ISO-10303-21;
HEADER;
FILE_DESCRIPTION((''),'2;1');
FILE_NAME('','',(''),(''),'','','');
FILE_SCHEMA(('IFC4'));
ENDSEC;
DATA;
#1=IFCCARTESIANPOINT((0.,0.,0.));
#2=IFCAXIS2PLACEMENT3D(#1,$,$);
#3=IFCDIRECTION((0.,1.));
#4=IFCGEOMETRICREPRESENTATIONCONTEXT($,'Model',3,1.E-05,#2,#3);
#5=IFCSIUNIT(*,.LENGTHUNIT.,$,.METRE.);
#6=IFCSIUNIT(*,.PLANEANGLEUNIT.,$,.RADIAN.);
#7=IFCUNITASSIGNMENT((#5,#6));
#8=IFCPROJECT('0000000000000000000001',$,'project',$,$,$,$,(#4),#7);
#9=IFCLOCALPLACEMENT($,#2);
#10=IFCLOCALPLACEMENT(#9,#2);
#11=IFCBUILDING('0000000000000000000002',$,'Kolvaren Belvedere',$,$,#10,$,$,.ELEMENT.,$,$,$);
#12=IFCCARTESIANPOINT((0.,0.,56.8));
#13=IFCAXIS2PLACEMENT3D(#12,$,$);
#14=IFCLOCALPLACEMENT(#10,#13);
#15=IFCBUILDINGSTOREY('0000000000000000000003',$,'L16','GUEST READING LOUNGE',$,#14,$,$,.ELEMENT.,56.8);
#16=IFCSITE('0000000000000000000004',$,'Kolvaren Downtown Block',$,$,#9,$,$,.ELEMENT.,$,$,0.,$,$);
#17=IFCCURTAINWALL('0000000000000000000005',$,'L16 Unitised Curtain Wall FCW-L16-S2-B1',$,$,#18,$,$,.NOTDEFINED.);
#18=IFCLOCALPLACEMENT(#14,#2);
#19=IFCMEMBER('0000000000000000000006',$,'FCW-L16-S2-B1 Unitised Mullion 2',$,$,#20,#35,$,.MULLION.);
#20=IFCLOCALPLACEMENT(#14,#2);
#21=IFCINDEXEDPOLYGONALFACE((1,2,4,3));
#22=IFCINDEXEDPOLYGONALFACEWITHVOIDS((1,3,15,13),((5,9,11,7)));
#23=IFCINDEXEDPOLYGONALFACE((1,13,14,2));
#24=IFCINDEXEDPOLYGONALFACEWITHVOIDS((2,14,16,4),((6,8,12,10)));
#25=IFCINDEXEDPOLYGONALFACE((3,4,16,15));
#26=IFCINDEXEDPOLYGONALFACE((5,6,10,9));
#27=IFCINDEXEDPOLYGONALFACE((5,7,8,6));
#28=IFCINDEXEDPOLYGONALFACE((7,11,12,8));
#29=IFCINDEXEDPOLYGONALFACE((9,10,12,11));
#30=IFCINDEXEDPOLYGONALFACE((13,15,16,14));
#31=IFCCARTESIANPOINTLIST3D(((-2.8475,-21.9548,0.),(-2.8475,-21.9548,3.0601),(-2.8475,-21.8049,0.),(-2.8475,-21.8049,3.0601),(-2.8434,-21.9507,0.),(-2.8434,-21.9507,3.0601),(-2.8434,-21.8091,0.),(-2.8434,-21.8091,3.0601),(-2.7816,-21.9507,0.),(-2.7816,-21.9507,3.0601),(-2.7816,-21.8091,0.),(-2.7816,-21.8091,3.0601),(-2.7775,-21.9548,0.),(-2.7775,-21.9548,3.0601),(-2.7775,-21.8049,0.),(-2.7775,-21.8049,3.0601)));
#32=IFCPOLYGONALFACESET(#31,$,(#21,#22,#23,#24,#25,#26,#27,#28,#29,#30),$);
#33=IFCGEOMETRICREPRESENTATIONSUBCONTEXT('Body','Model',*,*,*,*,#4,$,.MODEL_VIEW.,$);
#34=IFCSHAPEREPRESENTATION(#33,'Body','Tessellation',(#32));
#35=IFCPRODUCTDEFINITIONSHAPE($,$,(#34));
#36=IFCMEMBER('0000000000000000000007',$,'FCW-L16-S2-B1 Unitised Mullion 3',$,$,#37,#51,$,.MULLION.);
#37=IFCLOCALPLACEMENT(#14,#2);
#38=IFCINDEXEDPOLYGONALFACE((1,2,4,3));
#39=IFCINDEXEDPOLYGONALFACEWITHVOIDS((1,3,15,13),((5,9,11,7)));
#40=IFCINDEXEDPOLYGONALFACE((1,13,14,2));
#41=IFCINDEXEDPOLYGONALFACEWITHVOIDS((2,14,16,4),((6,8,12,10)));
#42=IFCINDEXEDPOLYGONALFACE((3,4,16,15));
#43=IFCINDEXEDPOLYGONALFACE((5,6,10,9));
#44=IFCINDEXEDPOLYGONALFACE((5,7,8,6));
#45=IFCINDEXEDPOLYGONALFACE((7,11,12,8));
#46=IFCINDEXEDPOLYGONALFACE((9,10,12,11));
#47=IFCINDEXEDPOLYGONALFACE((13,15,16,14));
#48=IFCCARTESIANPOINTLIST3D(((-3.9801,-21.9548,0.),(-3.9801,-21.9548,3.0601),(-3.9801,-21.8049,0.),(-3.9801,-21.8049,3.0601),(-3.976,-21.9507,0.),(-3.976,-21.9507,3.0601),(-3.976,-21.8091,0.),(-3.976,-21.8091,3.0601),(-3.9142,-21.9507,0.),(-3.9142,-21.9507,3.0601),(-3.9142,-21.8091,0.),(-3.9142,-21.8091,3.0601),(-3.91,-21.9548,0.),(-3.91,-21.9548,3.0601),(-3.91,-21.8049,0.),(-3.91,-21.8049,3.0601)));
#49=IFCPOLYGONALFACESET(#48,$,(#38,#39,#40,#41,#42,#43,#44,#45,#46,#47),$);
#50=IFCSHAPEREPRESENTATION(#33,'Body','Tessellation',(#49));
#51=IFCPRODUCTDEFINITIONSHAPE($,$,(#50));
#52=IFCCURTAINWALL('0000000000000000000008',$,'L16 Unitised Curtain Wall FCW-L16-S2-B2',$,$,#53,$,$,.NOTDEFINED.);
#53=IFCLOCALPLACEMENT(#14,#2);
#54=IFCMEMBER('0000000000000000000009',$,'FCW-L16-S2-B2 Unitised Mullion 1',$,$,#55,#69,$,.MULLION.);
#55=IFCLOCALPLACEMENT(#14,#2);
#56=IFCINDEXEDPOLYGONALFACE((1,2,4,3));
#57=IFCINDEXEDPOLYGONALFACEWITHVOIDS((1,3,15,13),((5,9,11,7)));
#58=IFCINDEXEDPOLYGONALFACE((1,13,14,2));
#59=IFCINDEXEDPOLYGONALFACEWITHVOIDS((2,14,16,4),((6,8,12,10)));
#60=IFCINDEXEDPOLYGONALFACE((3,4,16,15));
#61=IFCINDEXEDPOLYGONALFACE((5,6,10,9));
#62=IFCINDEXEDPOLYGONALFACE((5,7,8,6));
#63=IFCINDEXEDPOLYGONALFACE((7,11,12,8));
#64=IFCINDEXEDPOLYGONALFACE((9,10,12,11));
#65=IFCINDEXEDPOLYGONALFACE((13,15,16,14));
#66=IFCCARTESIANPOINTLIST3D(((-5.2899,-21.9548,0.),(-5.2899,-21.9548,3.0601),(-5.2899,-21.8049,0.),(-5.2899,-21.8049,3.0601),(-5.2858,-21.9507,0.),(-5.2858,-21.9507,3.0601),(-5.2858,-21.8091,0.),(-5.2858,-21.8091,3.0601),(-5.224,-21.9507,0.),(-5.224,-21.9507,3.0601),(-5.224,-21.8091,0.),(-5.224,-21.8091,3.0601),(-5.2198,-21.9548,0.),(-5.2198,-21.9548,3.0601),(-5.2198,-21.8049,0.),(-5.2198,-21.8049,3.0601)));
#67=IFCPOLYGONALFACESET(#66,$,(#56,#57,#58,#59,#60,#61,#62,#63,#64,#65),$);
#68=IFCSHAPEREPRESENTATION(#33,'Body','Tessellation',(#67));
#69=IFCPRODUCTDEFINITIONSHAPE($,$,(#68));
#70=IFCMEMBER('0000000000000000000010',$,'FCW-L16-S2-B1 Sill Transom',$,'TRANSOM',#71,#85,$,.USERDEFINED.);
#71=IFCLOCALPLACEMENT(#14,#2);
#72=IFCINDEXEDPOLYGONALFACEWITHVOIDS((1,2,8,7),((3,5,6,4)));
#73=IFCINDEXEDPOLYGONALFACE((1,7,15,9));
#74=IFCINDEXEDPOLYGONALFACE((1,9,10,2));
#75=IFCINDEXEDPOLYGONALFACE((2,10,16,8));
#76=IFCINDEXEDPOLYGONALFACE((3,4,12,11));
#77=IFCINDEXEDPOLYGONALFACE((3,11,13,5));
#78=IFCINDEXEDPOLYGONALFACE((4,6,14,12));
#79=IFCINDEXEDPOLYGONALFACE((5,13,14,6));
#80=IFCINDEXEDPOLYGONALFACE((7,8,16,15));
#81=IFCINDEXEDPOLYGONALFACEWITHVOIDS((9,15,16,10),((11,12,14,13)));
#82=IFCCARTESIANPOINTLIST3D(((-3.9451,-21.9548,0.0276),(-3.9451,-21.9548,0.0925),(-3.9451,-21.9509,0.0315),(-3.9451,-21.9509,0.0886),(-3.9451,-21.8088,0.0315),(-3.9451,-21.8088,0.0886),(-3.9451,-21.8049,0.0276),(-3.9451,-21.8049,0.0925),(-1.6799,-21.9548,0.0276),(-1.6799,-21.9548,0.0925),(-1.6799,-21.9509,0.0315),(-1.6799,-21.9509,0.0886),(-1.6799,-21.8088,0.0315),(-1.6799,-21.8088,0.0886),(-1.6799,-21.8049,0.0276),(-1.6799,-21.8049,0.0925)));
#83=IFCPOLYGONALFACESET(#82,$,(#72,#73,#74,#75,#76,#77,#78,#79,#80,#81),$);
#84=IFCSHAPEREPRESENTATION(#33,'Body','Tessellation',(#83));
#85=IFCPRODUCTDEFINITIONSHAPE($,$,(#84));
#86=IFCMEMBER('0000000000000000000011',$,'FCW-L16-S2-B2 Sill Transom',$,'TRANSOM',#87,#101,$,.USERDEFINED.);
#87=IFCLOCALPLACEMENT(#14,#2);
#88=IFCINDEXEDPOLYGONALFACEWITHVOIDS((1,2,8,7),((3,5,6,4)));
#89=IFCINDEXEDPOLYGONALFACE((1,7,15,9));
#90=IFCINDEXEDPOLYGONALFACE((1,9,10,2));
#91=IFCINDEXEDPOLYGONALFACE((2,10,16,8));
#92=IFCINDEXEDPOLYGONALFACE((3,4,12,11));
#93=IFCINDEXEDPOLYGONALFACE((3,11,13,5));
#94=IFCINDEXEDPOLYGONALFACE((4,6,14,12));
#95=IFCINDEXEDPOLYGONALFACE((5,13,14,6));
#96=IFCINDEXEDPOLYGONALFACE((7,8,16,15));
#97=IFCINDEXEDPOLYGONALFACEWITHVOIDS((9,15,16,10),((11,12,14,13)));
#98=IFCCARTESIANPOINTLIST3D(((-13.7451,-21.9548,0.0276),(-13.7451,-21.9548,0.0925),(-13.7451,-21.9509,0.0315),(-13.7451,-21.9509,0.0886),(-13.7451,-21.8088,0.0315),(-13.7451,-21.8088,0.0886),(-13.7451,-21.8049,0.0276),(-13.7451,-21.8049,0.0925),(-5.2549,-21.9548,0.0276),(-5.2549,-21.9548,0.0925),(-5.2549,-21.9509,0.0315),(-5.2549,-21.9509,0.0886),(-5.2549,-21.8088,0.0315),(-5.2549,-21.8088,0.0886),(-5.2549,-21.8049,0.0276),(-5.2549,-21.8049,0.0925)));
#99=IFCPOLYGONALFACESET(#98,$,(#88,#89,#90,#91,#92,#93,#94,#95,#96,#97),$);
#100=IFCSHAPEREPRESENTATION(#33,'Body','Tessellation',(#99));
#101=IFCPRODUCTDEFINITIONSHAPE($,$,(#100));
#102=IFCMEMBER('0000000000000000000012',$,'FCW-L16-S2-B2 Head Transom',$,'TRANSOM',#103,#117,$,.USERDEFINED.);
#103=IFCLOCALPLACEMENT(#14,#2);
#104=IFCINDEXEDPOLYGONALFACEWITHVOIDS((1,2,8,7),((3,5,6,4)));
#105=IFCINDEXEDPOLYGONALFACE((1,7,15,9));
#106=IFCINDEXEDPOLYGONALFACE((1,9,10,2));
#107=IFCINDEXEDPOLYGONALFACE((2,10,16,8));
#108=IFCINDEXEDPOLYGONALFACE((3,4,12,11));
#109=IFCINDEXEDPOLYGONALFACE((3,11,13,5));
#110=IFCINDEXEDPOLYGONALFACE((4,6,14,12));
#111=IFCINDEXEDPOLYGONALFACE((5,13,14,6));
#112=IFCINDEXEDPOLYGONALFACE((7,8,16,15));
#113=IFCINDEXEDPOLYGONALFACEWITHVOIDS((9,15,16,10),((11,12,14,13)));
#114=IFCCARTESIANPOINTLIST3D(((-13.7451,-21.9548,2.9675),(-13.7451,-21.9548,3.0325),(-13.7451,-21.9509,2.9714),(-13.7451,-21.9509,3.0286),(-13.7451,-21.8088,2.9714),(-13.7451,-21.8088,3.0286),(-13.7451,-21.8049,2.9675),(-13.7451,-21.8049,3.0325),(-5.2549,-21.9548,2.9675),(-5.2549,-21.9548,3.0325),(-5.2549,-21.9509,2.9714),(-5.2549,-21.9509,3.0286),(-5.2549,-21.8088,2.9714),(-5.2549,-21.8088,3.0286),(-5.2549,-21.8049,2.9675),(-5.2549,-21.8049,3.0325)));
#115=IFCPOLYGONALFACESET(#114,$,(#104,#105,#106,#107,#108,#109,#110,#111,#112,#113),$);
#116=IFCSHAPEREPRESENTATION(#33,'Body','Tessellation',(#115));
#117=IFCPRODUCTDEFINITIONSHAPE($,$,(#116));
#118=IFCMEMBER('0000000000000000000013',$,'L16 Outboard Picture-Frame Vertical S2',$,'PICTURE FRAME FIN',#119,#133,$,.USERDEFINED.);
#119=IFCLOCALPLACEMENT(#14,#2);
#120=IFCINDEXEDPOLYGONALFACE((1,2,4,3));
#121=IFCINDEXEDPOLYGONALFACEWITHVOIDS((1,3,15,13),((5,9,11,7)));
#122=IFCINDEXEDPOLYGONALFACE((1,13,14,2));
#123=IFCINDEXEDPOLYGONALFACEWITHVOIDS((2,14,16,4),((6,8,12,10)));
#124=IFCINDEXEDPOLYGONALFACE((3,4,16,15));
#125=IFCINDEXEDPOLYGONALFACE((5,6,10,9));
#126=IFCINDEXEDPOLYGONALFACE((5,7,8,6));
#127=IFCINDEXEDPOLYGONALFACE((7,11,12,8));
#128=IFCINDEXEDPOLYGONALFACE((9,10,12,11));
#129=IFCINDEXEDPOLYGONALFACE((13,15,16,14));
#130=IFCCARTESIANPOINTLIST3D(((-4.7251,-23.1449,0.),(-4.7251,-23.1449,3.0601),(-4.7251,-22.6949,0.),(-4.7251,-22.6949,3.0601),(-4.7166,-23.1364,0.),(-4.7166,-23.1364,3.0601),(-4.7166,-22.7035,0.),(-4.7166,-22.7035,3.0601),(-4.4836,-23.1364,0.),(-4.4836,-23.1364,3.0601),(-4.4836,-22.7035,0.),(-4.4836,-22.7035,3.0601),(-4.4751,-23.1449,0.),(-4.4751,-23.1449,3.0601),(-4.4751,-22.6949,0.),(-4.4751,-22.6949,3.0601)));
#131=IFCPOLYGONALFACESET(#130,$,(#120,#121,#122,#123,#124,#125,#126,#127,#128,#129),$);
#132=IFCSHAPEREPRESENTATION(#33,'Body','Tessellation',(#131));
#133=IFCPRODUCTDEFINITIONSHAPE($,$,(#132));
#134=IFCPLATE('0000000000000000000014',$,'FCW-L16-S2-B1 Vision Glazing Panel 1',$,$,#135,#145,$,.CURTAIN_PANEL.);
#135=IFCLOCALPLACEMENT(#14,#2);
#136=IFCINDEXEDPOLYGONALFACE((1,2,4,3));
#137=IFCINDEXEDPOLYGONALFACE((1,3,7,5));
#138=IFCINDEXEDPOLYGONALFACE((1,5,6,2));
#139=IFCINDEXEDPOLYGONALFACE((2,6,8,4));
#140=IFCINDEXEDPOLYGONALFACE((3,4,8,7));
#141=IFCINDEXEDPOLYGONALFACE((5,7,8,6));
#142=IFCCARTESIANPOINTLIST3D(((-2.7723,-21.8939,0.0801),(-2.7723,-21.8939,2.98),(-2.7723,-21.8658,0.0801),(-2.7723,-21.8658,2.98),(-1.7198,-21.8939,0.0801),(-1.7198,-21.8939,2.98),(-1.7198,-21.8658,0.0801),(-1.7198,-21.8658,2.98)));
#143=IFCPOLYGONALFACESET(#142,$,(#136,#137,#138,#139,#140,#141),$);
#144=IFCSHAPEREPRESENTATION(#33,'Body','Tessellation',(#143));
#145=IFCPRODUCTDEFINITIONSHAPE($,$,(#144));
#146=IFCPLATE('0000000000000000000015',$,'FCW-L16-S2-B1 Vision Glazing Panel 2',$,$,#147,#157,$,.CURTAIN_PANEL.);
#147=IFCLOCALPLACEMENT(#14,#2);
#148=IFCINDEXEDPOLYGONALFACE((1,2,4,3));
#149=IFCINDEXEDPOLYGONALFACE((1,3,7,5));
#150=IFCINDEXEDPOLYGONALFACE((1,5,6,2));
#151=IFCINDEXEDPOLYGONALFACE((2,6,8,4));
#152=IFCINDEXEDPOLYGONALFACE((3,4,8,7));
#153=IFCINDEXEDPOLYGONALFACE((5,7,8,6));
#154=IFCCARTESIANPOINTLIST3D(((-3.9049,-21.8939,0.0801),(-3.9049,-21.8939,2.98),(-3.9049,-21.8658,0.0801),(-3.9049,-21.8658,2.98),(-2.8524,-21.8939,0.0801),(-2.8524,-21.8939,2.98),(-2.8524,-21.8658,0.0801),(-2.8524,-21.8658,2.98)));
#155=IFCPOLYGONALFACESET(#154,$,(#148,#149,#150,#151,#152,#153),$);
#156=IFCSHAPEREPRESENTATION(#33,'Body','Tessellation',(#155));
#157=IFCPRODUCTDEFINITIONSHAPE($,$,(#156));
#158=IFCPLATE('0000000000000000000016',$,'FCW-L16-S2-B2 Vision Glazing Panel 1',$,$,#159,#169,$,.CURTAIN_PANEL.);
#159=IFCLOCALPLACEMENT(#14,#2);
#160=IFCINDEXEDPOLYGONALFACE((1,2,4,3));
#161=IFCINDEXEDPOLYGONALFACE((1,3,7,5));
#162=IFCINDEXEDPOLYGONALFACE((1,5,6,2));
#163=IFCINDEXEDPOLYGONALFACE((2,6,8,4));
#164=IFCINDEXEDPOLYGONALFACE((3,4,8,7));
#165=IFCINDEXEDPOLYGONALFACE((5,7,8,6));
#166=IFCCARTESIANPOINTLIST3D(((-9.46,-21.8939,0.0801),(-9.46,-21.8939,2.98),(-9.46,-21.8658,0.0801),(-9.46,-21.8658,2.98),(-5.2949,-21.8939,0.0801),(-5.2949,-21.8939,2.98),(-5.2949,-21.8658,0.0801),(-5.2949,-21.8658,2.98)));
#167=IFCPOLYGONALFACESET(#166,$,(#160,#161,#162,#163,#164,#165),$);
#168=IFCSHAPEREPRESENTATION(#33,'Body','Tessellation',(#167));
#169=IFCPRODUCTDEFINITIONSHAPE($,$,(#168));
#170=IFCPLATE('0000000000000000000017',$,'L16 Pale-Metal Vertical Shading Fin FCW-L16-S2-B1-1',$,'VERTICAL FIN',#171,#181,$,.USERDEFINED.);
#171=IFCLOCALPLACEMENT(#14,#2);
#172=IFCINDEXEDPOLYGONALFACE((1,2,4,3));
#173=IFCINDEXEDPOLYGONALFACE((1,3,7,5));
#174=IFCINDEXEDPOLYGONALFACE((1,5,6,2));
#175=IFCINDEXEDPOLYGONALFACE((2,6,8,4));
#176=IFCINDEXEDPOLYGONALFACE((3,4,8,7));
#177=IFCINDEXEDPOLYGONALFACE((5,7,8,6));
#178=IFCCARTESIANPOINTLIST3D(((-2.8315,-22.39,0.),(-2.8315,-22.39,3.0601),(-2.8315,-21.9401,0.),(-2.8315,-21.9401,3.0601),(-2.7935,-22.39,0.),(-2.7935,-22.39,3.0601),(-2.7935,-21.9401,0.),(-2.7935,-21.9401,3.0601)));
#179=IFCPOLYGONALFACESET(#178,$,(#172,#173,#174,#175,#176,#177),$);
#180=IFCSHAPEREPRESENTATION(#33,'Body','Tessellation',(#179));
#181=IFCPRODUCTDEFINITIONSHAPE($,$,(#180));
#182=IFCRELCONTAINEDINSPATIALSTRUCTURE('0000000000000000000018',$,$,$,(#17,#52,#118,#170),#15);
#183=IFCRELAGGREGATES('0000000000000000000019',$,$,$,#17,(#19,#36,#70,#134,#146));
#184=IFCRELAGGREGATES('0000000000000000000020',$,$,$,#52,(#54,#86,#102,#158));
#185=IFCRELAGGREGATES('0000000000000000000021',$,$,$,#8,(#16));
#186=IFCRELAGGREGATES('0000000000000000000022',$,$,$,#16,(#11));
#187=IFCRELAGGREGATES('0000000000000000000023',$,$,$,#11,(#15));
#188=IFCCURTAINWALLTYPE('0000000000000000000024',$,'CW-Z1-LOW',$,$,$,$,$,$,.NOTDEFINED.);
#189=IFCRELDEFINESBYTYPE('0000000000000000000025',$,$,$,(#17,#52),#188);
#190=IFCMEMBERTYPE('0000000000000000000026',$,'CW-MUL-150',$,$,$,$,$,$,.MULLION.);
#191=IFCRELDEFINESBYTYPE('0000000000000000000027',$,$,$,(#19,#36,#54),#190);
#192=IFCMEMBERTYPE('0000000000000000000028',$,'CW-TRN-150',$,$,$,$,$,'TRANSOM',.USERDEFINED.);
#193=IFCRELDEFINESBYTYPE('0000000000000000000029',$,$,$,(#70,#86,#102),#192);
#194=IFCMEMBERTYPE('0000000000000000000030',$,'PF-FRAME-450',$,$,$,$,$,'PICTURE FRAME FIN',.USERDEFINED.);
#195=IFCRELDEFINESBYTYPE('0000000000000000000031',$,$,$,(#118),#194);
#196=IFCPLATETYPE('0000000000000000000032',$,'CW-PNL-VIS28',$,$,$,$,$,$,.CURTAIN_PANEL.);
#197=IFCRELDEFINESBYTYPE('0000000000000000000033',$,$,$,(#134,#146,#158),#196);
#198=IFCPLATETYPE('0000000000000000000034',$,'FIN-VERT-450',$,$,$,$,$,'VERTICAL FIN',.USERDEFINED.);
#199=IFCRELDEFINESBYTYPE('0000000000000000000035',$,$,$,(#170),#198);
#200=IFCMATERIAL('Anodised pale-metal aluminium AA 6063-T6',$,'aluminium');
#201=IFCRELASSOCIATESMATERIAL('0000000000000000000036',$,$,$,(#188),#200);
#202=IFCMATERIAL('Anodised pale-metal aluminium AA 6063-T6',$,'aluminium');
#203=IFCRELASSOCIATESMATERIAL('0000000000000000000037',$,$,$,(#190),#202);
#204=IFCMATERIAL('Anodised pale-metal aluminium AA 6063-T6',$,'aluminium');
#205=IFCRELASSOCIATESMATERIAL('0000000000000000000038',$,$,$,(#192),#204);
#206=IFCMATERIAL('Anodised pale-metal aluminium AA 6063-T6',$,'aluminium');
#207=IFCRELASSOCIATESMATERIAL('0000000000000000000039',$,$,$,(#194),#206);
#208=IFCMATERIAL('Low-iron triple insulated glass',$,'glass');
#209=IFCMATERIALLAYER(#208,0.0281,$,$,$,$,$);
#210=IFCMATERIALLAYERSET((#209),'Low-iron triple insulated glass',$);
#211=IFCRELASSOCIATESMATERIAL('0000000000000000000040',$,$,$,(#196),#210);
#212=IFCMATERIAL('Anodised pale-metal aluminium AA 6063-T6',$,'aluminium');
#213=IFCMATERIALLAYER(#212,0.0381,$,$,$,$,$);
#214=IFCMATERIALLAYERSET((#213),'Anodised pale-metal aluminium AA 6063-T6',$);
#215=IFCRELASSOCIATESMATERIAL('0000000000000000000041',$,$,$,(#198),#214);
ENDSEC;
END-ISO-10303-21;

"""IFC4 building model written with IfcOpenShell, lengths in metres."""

from ifc_helpers import new_model, si_unit, direction, frame, origin, origin_2d, place, context, subcontext, project, spatial, rectangle, hollow_rectangle, extrude, material, layer, layer_set, material_profile, profile_set, type_object, element, aggregate, save


model = new_model("IFC4")

# Units and contexts
model_context = context("Model", 3, precision=1e-05, world=origin(), true_north=direction((0.0, 1.0)))
body_context = subcontext(model_context, "Body", "Model", "MODEL_VIEW")
ifc_project = project(units=[si_unit("LENGTHUNIT", "METRE"), si_unit("PLANEANGLEUNIT", "RADIAN")], contexts=[model_context])

# Site, building, storey
site_placement = place(None, origin())
site = spatial("IfcSite", under=ifc_project, at=site_placement, Name="Kolvaren Downtown Block", CompositionType="ELEMENT", RefElevation=0.0)
building_placement = place(site_placement, origin())
building = spatial("IfcBuilding", under=site, at=building_placement, Name="Kolvaren Belvedere", CompositionType="ELEMENT")
storey_placement = place(building_placement, frame((0.0, 0.0, 56.8)))
storey = spatial("IfcBuildingStorey", under=building, at=storey_placement, Name="L16", Description="GUEST READING LOUNGE", CompositionType="ELEMENT", Elevation=56.8)

# Curtain wall, members
ifc_material_1 = material(Name="Anodised pale-metal aluminium AA 6063-T6", Category="aluminium")
curtain_wall_type = type_object("IfcCurtainWallType", Name="CW-Z1-LOW", PredefinedType="NOTDEFINED", material=ifc_material_1)
curtain_wall_1_placement = place(storey_placement, origin())
curtain_wall_1 = element("IfcCurtainWall", 1, at=curtain_wall_1_placement, inside=storey, type_object=curtain_wall_type, Name="L16 Unitised Curtain Wall FCW-L16-S2-B1", PredefinedType="NOTDEFINED")
ifc_material_2 = material(Name="Anodised pale-metal aluminium AA 6063-T6", Category="aluminium")
ifc_material_profile_1 = material_profile(ifc_material_2, hollow_rectangle(XDim=0.0701, YDim=0.1499, WallThickness=0.0042, at=origin_2d()), Name="ALU-MUL-150X70")
ifc_profile_set_1 = profile_set([ifc_material_profile_1], Name="Anodised pale-metal aluminium AA 6063-T6")
member_type_1 = type_object("IfcMemberType", Name="CW-MUL-150", PredefinedType="MULLION", material=ifc_profile_set_1)
member_1_placement = place(storey_placement, frame((-2.8125, -21.8799, 0.0), z_axis=(0.0, 0.0, 1.0), x_axis=(1.0, 0.0, 0.0)))
member_1 = element("IfcMember", 2, at=member_1_placement, type_object=member_type_1, Name="FCW-L16-S2-B1 Unitised Mullion 2", PredefinedType="MULLION", context=body_context, shape_type="SweptSolid", body=[
    extrude(hollow_rectangle(XDim=0.0701, YDim=0.1499, WallThickness=0.0042, at=origin_2d()), origin(), (0.0, 0.0, 1.0), 3.0601),
])
member_2_placement = place(storey_placement, frame((-3.9451, -21.8799, 0.0), z_axis=(0.0, 0.0, 1.0), x_axis=(1.0, 0.0, 0.0)))
member_2 = element("IfcMember", 3, at=member_2_placement, type_object=member_type_1, Name="FCW-L16-S2-B1 Unitised Mullion 3", PredefinedType="MULLION", context=body_context, shape_type="SweptSolid", body=[
    extrude(hollow_rectangle(XDim=0.0701, YDim=0.1499, WallThickness=0.0042, at=origin_2d()), origin(), (0.0, 0.0, 1.0), 3.0601),
])

# Curtain wall, member
curtain_wall_2_placement = place(storey_placement, origin())
curtain_wall_2 = element("IfcCurtainWall", 4, at=curtain_wall_2_placement, inside=storey, type_object=curtain_wall_type, Name="L16 Unitised Curtain Wall FCW-L16-S2-B2", PredefinedType="NOTDEFINED")
member_3_placement = place(storey_placement, frame((-5.2549, -21.8799, 0.0), z_axis=(0.0, 0.0, 1.0), x_axis=(1.0, 0.0, 0.0)))
member_3 = element("IfcMember", 5, at=member_3_placement, type_object=member_type_1, Name="FCW-L16-S2-B2 Unitised Mullion 1", PredefinedType="MULLION", context=body_context, shape_type="SweptSolid", body=[
    extrude(hollow_rectangle(XDim=0.0701, YDim=0.1499, WallThickness=0.0042, at=origin_2d()), origin(), (0.0, 0.0, 1.0), 3.0601),
])

# Members
ifc_material_3 = material(Name="Anodised pale-metal aluminium AA 6063-T6", Category="aluminium")
ifc_material_profile_2 = material_profile(ifc_material_3, hollow_rectangle(XDim=0.0649, YDim=0.1499, WallThickness=0.0039, at=origin_2d()), Name="ALU-TRN-150X65")
ifc_profile_set_2 = profile_set([ifc_material_profile_2], Name="Anodised pale-metal aluminium AA 6063-T6")
member_type_2 = type_object("IfcMemberType", Name="CW-TRN-150", ElementType="TRANSOM", PredefinedType="USERDEFINED", material=ifc_profile_set_2)
member_4_placement = place(storey_placement, frame((-1.6799, -21.8799, 0.0601), z_axis=(-1.0, 0.0, 0.0), x_axis=(0.0, 0.0, 1.0)))
member_4 = element("IfcMember", 6, at=member_4_placement, type_object=member_type_2, Name="FCW-L16-S2-B1 Sill Transom", ObjectType="TRANSOM", PredefinedType="USERDEFINED", context=body_context, shape_type="SweptSolid", body=[
    extrude(hollow_rectangle(XDim=0.0649, YDim=0.1499, WallThickness=0.0039, at=origin_2d()), origin(), (0.0, 0.0, 1.0), 2.2651),
])
member_5_placement = place(storey_placement, frame((-5.2549, -21.8799, 0.0601), z_axis=(-1.0, 0.0, 0.0), x_axis=(0.0, 0.0, 1.0)))
member_5 = element("IfcMember", 7, at=member_5_placement, type_object=member_type_2, Name="FCW-L16-S2-B2 Sill Transom", ObjectType="TRANSOM", PredefinedType="USERDEFINED", context=body_context, shape_type="SweptSolid", body=[
    extrude(hollow_rectangle(XDim=0.0649, YDim=0.1499, WallThickness=0.0039, at=origin_2d()), origin(), (0.0, 0.0, 1.0), 8.4902),
])
member_6_placement = place(storey_placement, frame((-5.2549, -21.8799, 3.0), z_axis=(-1.0, 0.0, 0.0), x_axis=(0.0, 0.0, 1.0)))
member_6 = element("IfcMember", 8, at=member_6_placement, type_object=member_type_2, Name="FCW-L16-S2-B2 Head Transom", ObjectType="TRANSOM", PredefinedType="USERDEFINED", context=body_context, shape_type="SweptSolid", body=[
    extrude(hollow_rectangle(XDim=0.0649, YDim=0.1499, WallThickness=0.0039, at=origin_2d()), origin(), (0.0, 0.0, 1.0), 8.4902),
])
ifc_material_4 = material(Name="Anodised pale-metal aluminium AA 6063-T6", Category="aluminium")
ifc_material_profile_3 = material_profile(ifc_material_4, hollow_rectangle(XDim=0.25, YDim=0.45, WallThickness=0.0085, at=origin_2d()), Name="ALU-PF-450X250")
ifc_profile_set_3 = profile_set([ifc_material_profile_3], Name="Anodised pale-metal aluminium AA 6063-T6")
member_type_3 = type_object("IfcMemberType", Name="PF-FRAME-450", ElementType="PICTURE FRAME FIN", PredefinedType="USERDEFINED", material=ifc_profile_set_3)
member_7_placement = place(storey_placement, frame((-4.6001, -22.9199, 0.0), z_axis=(0.0, 0.0, 1.0), x_axis=(1.0, 0.0, 0.0)))
element("IfcMember", 9, at=member_7_placement, inside=storey, type_object=member_type_3, Name="L16 Outboard Picture-Frame Vertical S2", ObjectType="PICTURE FRAME FIN", PredefinedType="USERDEFINED", context=body_context, shape_type="SweptSolid", body=[
    extrude(hollow_rectangle(XDim=0.25, YDim=0.45, WallThickness=0.0085, at=origin_2d()), origin(), (0.0, 0.0, 1.0), 3.0601),
])

# Plates
ifc_material_5 = material(Name="Low-iron triple insulated glass", Category="glass")
ifc_layer_1 = layer(ifc_material_5, 0.0281)
ifc_layer_set_1 = layer_set([ifc_layer_1], Name="Low-iron triple insulated glass")
plate_type_1 = type_object("IfcPlateType", Name="CW-PNL-VIS28", PredefinedType="CURTAIN_PANEL", material=ifc_layer_set_1)
plate_1_placement = place(storey_placement, frame((-2.2461, -21.8799, 0.0801), z_axis=(0.0, 0.0, 1.0), x_axis=(-1.0, 0.0, 0.0)))
plate_1 = element("IfcPlate", 10, at=plate_1_placement, type_object=plate_type_1, Name="FCW-L16-S2-B1 Vision Glazing Panel 1", PredefinedType="CURTAIN_PANEL", context=body_context, shape_type="SweptSolid", body=[
    extrude(rectangle(XDim=1.0525, YDim=0.0281, at=origin_2d()), origin(), (0.0, 0.0, 1.0), 2.8999),
])
plate_2_placement = place(storey_placement, frame((-3.3787, -21.8799, 0.0801), z_axis=(0.0, 0.0, 1.0), x_axis=(-1.0, 0.0, 0.0)))
plate_2 = element("IfcPlate", 11, at=plate_2_placement, type_object=plate_type_1, Name="FCW-L16-S2-B1 Vision Glazing Panel 2", PredefinedType="CURTAIN_PANEL", context=body_context, shape_type="SweptSolid", body=[
    extrude(rectangle(XDim=1.0525, YDim=0.0281, at=origin_2d()), origin(), (0.0, 0.0, 1.0), 2.8999),
])
aggregate(curtain_wall_1, [member_1, member_2, member_4, plate_1, plate_2])
plate_3_placement = place(storey_placement, frame((-7.3774, -21.8799, 0.0801), z_axis=(0.0, 0.0, 1.0), x_axis=(-1.0, 0.0, 0.0)))
plate_3 = element("IfcPlate", 12, at=plate_3_placement, type_object=plate_type_1, Name="FCW-L16-S2-B2 Vision Glazing Panel 1", PredefinedType="CURTAIN_PANEL", context=body_context, shape_type="SweptSolid", body=[
    extrude(rectangle(XDim=4.165, YDim=0.0281, at=origin_2d()), origin(), (0.0, 0.0, 1.0), 2.8999),
])
aggregate(curtain_wall_2, [member_3, member_5, member_6, plate_3])
ifc_material_6 = material(Name="Anodised pale-metal aluminium AA 6063-T6", Category="aluminium")
ifc_layer_2 = layer(ifc_material_6, 0.0381)
ifc_layer_set_2 = layer_set([ifc_layer_2], Name="Anodised pale-metal aluminium AA 6063-T6")
plate_type_2 = type_object("IfcPlateType", Name="FIN-VERT-450", ElementType="VERTICAL FIN", PredefinedType="USERDEFINED", material=ifc_layer_set_2)
plate_4_placement = place(storey_placement, frame((-2.8125, -22.165, 0.0), z_axis=(0.0, 0.0, 1.0), x_axis=(0.0, 1.0, 0.0)))
element("IfcPlate", 13, at=plate_4_placement, inside=storey, type_object=plate_type_2, Name="L16 Pale-Metal Vertical Shading Fin FCW-L16-S2-B1-1", ObjectType="VERTICAL FIN", PredefinedType="USERDEFINED", context=body_context, shape_type="SweptSolid", body=[
    extrude(rectangle(XDim=0.45, YDim=0.0381, at=origin_2d()), origin(), (0.0, 0.0, 1.0), 3.0601),
])

save(model, "model.ifc")
